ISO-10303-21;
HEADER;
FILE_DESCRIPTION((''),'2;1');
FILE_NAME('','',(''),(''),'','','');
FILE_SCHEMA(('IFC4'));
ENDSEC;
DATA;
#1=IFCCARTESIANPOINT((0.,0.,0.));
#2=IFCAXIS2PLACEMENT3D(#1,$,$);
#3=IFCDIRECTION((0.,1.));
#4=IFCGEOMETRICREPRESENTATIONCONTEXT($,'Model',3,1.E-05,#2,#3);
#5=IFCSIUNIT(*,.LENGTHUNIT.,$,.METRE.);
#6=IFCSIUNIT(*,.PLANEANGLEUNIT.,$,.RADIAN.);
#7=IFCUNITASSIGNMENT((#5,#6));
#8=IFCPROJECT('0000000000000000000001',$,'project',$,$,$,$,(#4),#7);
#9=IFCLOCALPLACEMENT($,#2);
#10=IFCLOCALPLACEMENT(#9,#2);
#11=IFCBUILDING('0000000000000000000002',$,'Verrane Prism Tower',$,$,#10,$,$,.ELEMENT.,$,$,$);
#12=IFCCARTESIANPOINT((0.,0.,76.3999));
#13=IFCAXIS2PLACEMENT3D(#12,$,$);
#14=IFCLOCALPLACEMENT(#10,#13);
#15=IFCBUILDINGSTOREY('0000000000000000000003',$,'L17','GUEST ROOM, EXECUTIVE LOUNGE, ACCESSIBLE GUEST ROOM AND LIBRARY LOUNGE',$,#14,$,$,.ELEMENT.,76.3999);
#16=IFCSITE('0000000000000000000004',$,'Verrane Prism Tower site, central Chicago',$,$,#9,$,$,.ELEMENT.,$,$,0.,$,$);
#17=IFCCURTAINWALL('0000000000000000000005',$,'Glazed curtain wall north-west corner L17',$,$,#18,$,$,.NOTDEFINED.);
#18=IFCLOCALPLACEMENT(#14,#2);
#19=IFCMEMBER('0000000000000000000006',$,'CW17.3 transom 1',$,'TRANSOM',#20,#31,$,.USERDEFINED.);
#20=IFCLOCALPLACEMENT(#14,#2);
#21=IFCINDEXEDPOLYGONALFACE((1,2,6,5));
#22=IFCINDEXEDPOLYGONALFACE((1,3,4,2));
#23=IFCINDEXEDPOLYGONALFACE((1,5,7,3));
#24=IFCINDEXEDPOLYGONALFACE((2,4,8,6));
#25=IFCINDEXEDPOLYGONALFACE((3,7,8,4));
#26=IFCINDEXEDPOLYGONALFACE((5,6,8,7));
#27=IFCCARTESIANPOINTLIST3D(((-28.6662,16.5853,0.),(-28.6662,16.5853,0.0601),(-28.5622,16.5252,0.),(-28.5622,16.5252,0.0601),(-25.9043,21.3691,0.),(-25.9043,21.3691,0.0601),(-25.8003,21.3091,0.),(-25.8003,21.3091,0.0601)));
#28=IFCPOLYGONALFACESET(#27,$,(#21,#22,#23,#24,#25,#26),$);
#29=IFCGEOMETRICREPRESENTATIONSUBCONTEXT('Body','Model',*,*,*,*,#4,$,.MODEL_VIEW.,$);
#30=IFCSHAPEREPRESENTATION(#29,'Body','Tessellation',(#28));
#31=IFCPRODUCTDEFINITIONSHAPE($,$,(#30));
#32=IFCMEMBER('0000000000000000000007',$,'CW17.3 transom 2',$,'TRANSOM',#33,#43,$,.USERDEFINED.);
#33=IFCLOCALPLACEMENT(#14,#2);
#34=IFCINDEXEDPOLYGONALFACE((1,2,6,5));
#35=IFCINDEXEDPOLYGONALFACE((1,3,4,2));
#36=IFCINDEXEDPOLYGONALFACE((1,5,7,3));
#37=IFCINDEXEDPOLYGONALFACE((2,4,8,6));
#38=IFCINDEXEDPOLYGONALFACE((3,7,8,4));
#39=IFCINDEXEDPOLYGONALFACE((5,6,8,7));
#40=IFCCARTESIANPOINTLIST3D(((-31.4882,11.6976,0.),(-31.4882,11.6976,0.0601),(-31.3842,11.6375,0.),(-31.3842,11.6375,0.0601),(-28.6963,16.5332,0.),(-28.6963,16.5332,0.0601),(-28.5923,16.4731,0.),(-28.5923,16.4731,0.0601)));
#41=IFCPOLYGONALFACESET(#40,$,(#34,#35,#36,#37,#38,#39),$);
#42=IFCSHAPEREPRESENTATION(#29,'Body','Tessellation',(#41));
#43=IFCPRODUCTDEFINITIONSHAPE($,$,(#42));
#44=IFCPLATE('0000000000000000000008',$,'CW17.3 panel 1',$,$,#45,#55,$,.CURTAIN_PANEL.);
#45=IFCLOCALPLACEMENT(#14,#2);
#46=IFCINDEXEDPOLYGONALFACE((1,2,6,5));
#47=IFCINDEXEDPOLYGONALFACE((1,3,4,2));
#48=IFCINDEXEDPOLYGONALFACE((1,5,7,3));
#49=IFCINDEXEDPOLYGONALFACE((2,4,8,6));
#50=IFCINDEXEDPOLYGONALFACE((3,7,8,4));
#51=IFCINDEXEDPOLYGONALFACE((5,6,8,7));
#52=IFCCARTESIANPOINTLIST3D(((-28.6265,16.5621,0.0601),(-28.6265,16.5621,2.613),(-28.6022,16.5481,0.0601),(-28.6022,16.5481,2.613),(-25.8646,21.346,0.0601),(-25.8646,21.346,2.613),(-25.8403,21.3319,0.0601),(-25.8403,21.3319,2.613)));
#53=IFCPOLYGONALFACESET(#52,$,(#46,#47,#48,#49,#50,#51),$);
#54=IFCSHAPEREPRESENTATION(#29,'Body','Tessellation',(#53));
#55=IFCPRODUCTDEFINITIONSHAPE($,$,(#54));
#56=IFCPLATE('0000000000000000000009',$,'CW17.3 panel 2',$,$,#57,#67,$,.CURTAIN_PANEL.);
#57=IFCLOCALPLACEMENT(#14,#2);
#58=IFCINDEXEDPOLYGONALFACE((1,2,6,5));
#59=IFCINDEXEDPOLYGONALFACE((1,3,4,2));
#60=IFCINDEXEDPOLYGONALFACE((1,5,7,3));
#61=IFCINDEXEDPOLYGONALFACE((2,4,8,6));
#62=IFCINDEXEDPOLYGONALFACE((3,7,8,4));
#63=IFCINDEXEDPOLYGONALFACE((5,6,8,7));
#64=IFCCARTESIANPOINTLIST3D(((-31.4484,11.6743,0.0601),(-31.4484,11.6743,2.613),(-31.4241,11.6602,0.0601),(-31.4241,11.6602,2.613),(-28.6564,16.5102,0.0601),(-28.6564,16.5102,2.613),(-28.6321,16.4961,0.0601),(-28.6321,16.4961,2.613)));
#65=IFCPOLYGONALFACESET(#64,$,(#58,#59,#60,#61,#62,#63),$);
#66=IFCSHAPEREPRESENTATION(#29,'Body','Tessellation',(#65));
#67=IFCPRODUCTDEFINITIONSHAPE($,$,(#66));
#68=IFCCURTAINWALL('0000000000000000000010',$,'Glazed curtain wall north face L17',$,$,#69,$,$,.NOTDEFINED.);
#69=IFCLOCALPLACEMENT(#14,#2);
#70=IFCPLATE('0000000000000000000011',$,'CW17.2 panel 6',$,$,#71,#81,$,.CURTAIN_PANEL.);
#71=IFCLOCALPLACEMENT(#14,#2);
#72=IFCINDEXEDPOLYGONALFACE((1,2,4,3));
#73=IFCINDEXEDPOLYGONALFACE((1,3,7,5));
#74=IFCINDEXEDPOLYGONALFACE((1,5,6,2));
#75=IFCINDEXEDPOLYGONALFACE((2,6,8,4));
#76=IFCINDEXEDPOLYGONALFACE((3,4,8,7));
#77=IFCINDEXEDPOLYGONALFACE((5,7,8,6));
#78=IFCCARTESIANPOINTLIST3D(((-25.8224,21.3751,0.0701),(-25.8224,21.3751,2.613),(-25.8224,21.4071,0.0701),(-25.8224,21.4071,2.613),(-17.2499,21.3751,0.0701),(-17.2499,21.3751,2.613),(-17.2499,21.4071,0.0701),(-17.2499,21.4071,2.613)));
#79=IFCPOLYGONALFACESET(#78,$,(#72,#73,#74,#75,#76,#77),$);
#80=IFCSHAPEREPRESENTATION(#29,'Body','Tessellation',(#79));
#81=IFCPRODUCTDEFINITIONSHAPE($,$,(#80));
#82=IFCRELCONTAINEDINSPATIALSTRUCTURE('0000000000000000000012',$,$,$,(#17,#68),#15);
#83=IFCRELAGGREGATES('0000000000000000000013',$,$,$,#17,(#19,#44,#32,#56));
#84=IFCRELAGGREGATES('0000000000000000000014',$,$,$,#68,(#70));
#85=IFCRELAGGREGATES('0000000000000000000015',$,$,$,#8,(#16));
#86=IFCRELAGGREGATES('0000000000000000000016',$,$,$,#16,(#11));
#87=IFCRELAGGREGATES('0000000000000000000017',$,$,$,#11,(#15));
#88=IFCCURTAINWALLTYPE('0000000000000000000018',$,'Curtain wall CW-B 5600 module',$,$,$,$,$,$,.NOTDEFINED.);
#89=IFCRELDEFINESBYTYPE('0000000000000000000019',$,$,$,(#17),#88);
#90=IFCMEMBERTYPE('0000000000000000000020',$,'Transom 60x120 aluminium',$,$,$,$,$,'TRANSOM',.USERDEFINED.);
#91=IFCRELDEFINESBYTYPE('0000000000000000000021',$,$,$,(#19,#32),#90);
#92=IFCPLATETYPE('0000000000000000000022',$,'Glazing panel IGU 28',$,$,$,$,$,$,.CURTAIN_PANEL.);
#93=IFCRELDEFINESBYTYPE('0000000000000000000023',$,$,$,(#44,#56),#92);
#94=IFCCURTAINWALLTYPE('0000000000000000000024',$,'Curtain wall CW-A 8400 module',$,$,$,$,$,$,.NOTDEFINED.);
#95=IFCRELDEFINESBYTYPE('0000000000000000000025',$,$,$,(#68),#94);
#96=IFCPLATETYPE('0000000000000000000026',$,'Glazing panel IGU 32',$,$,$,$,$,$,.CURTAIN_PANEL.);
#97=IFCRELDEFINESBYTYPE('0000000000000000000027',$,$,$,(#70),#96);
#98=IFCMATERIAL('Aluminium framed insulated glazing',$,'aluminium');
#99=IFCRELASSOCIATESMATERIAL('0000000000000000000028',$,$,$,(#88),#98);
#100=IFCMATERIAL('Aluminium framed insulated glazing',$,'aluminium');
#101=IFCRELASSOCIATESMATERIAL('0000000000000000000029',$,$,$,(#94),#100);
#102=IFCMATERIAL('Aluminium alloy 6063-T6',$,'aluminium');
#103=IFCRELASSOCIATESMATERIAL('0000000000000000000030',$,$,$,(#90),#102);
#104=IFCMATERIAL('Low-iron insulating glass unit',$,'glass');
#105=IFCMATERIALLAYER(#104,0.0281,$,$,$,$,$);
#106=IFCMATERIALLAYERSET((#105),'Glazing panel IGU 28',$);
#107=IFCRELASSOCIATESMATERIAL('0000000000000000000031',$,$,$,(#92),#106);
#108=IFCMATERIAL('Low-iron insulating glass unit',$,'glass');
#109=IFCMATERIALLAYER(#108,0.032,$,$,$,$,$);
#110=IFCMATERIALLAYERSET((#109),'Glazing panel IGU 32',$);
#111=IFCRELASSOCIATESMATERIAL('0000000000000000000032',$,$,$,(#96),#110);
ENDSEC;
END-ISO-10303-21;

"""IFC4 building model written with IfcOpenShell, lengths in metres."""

from ifc_helpers import new_model, si_unit, direction, frame, origin, origin_2d, place, context, subcontext, project, spatial, rectangle, extrude, material, layer, layer_set, material_profile, profile_set, type_object, element, aggregate, save


model = new_model("IFC4")

# Units and contexts
model_context = context("Model", 3, precision=1e-05, world=origin(), true_north=direction((0.0, 1.0)))
body_context = subcontext(model_context, "Body", "Model", "MODEL_VIEW")
ifc_project = project(units=[si_unit("LENGTHUNIT", "METRE"), si_unit("PLANEANGLEUNIT", "RADIAN")], contexts=[model_context])

# Site, building, storey
site_placement = place(None, origin())
site = spatial("IfcSite", under=ifc_project, at=site_placement, Name="Verrane Prism Tower site, central Chicago", CompositionType="ELEMENT", RefElevation=0.0)
building_placement = place(site_placement, origin())
building = spatial("IfcBuilding", under=site, at=building_placement, Name="Verrane Prism Tower", CompositionType="ELEMENT")
storey_placement = place(building_placement, frame((0.0, 0.0, 76.3999)))
storey = spatial("IfcBuildingStorey", under=building, at=storey_placement, Name="L17", Description="GUEST ROOM, EXECUTIVE LOUNGE, ACCESSIBLE GUEST ROOM AND LIBRARY LOUNGE", CompositionType="ELEMENT", Elevation=76.3999)

# Curtain wall
ifc_material_1 = material(Name="Aluminium framed insulated glazing", Category="aluminium")
curtain_wall_type_1 = type_object("IfcCurtainWallType", Name="Curtain wall CW-B 5600 module", PredefinedType="NOTDEFINED", material=ifc_material_1)
curtain_wall_1_placement = place(storey_placement, origin())
curtain_wall_1 = element("IfcCurtainWall", 1, at=curtain_wall_1_placement, inside=storey, type_object=curtain_wall_type_1, Name="Glazed curtain wall north-west corner L17", PredefinedType="NOTDEFINED")

# Shared definitions
ifc_material_2 = material(Name="Aluminium framed insulated glazing", Category="aluminium")
curtain_wall_type_2 = type_object("IfcCurtainWallType", Name="Curtain wall CW-A 8400 module", PredefinedType="NOTDEFINED", material=ifc_material_2)

# Members
ifc_material_3 = material(Name="Aluminium alloy 6063-T6", Category="aluminium")
ifc_material_profile_1 = material_profile(ifc_material_3, rectangle(XDim=0.1201, YDim=0.0601, at=origin_2d()), Name="Transom 60x120 aluminium")
ifc_profile_set_1 = profile_set([ifc_material_profile_1], Name="Aluminium alloy 6063-T6")
member_type_1 = type_object("IfcMemberType", Name="Transom 60x120 aluminium", ElementType="TRANSOM", PredefinedType="USERDEFINED", material=ifc_profile_set_1)
member_1_placement = place(storey_placement, frame((-25.8523, 21.3391, 0.03), z_axis=(-0.499994, -0.866029, 0.0), x_axis=(0.866029, -0.499994, 0.0)))
member_1 = element("IfcMember", 2, at=member_1_placement, type_object=member_type_1, Name="CW17.3 transom 1", ObjectType="TRANSOM", PredefinedType="USERDEFINED", context=body_context, shape_type="SweptSolid", body=[
    extrude(rectangle(XDim=0.1201, YDim=0.0601, at=origin_2d()), origin(), (0.0, 0.0, 1.0), 5.5239),
])
member_2_placement = place(storey_placement, frame((-28.6443, 16.5032, 0.03), z_axis=(-0.500014, -0.866017, 0.0), x_axis=(0.866017, -0.500014, 0.0)))
member_2 = element("IfcMember", 3, at=member_2_placement, type_object=member_type_1, Name="CW17.3 transom 2", ObjectType="TRANSOM", PredefinedType="USERDEFINED", context=body_context, shape_type="SweptSolid", body=[
    extrude(rectangle(XDim=0.1201, YDim=0.0601, at=origin_2d()), origin(), (0.0, 0.0, 1.0), 5.5837),
])

# Plates
ifc_material_4 = material(Name="Low-iron insulating glass unit", Category="glass")
ifc_layer_1 = layer(ifc_material_4, 0.0281)
ifc_layer_set_1 = layer_set([ifc_layer_1], Name="Glazing panel IGU 28")
plate_type_1 = type_object("IfcPlateType", Name="Glazing panel IGU 28", PredefinedType="CURTAIN_PANEL", material=ifc_layer_set_1)
plate_1_placement = place(storey_placement, frame((-27.2334, 18.947, 0.0601), z_axis=(0.0, 0.0, 1.0), x_axis=(-0.499998, -0.866026, 0.0)))
plate_1 = element("IfcPlate", 4, at=plate_1_placement, type_object=plate_type_1, Name="CW17.3 panel 1", PredefinedType="CURTAIN_PANEL", context=body_context, shape_type="SweptSolid", body=[
    extrude(rectangle(XDim=5.5239, YDim=0.0281, at=origin_2d()), origin(), (0.0, 0.0, 1.0), 2.553),
])
plate_2_placement = place(storey_placement, frame((-30.0403, 14.0852, 0.0601), z_axis=(0.0, 0.0, 1.0), x_axis=(-0.499998, -0.866026, 0.0)))
plate_2 = element("IfcPlate", 5, at=plate_2_placement, type_object=plate_type_1, Name="CW17.3 panel 2", PredefinedType="CURTAIN_PANEL", context=body_context, shape_type="SweptSolid", body=[
    extrude(rectangle(XDim=5.584, YDim=0.0281, at=origin_2d()), origin(), (0.0, 0.0, 1.0), 2.553),
])
aggregate(curtain_wall_1, [member_1, plate_1, member_2, plate_2])

# Curtain wall, plate
curtain_wall_2_placement = place(storey_placement, origin())
curtain_wall_2 = element("IfcCurtainWall", 6, at=curtain_wall_2_placement, inside=storey, type_object=curtain_wall_type_2, Name="Glazed curtain wall north face L17", PredefinedType="NOTDEFINED")
ifc_material_5 = material(Name="Low-iron insulating glass unit", Category="glass")
ifc_layer_2 = layer(ifc_material_5, 0.032)
ifc_layer_set_2 = layer_set([ifc_layer_2], Name="Glazing panel IGU 32")
plate_type_2 = type_object("IfcPlateType", Name="Glazing panel IGU 32", PredefinedType="CURTAIN_PANEL", material=ifc_layer_set_2)
plate_3_placement = place(storey_placement, frame((-21.5361, 21.3911, 0.0701), z_axis=(0.0, 0.0, 1.0), x_axis=(-1.0, 0.0, 0.0)))
plate_3 = element("IfcPlate", 7, at=plate_3_placement, type_object=plate_type_2, Name="CW17.2 panel 6", PredefinedType="CURTAIN_PANEL", context=body_context, shape_type="SweptSolid", body=[
    extrude(rectangle(XDim=8.5725, YDim=0.032, at=origin_2d()), origin(), (0.0, 0.0, 1.0), 2.543),
])
aggregate(curtain_wall_2, [plate_3])

save(model, "model.ifc")
